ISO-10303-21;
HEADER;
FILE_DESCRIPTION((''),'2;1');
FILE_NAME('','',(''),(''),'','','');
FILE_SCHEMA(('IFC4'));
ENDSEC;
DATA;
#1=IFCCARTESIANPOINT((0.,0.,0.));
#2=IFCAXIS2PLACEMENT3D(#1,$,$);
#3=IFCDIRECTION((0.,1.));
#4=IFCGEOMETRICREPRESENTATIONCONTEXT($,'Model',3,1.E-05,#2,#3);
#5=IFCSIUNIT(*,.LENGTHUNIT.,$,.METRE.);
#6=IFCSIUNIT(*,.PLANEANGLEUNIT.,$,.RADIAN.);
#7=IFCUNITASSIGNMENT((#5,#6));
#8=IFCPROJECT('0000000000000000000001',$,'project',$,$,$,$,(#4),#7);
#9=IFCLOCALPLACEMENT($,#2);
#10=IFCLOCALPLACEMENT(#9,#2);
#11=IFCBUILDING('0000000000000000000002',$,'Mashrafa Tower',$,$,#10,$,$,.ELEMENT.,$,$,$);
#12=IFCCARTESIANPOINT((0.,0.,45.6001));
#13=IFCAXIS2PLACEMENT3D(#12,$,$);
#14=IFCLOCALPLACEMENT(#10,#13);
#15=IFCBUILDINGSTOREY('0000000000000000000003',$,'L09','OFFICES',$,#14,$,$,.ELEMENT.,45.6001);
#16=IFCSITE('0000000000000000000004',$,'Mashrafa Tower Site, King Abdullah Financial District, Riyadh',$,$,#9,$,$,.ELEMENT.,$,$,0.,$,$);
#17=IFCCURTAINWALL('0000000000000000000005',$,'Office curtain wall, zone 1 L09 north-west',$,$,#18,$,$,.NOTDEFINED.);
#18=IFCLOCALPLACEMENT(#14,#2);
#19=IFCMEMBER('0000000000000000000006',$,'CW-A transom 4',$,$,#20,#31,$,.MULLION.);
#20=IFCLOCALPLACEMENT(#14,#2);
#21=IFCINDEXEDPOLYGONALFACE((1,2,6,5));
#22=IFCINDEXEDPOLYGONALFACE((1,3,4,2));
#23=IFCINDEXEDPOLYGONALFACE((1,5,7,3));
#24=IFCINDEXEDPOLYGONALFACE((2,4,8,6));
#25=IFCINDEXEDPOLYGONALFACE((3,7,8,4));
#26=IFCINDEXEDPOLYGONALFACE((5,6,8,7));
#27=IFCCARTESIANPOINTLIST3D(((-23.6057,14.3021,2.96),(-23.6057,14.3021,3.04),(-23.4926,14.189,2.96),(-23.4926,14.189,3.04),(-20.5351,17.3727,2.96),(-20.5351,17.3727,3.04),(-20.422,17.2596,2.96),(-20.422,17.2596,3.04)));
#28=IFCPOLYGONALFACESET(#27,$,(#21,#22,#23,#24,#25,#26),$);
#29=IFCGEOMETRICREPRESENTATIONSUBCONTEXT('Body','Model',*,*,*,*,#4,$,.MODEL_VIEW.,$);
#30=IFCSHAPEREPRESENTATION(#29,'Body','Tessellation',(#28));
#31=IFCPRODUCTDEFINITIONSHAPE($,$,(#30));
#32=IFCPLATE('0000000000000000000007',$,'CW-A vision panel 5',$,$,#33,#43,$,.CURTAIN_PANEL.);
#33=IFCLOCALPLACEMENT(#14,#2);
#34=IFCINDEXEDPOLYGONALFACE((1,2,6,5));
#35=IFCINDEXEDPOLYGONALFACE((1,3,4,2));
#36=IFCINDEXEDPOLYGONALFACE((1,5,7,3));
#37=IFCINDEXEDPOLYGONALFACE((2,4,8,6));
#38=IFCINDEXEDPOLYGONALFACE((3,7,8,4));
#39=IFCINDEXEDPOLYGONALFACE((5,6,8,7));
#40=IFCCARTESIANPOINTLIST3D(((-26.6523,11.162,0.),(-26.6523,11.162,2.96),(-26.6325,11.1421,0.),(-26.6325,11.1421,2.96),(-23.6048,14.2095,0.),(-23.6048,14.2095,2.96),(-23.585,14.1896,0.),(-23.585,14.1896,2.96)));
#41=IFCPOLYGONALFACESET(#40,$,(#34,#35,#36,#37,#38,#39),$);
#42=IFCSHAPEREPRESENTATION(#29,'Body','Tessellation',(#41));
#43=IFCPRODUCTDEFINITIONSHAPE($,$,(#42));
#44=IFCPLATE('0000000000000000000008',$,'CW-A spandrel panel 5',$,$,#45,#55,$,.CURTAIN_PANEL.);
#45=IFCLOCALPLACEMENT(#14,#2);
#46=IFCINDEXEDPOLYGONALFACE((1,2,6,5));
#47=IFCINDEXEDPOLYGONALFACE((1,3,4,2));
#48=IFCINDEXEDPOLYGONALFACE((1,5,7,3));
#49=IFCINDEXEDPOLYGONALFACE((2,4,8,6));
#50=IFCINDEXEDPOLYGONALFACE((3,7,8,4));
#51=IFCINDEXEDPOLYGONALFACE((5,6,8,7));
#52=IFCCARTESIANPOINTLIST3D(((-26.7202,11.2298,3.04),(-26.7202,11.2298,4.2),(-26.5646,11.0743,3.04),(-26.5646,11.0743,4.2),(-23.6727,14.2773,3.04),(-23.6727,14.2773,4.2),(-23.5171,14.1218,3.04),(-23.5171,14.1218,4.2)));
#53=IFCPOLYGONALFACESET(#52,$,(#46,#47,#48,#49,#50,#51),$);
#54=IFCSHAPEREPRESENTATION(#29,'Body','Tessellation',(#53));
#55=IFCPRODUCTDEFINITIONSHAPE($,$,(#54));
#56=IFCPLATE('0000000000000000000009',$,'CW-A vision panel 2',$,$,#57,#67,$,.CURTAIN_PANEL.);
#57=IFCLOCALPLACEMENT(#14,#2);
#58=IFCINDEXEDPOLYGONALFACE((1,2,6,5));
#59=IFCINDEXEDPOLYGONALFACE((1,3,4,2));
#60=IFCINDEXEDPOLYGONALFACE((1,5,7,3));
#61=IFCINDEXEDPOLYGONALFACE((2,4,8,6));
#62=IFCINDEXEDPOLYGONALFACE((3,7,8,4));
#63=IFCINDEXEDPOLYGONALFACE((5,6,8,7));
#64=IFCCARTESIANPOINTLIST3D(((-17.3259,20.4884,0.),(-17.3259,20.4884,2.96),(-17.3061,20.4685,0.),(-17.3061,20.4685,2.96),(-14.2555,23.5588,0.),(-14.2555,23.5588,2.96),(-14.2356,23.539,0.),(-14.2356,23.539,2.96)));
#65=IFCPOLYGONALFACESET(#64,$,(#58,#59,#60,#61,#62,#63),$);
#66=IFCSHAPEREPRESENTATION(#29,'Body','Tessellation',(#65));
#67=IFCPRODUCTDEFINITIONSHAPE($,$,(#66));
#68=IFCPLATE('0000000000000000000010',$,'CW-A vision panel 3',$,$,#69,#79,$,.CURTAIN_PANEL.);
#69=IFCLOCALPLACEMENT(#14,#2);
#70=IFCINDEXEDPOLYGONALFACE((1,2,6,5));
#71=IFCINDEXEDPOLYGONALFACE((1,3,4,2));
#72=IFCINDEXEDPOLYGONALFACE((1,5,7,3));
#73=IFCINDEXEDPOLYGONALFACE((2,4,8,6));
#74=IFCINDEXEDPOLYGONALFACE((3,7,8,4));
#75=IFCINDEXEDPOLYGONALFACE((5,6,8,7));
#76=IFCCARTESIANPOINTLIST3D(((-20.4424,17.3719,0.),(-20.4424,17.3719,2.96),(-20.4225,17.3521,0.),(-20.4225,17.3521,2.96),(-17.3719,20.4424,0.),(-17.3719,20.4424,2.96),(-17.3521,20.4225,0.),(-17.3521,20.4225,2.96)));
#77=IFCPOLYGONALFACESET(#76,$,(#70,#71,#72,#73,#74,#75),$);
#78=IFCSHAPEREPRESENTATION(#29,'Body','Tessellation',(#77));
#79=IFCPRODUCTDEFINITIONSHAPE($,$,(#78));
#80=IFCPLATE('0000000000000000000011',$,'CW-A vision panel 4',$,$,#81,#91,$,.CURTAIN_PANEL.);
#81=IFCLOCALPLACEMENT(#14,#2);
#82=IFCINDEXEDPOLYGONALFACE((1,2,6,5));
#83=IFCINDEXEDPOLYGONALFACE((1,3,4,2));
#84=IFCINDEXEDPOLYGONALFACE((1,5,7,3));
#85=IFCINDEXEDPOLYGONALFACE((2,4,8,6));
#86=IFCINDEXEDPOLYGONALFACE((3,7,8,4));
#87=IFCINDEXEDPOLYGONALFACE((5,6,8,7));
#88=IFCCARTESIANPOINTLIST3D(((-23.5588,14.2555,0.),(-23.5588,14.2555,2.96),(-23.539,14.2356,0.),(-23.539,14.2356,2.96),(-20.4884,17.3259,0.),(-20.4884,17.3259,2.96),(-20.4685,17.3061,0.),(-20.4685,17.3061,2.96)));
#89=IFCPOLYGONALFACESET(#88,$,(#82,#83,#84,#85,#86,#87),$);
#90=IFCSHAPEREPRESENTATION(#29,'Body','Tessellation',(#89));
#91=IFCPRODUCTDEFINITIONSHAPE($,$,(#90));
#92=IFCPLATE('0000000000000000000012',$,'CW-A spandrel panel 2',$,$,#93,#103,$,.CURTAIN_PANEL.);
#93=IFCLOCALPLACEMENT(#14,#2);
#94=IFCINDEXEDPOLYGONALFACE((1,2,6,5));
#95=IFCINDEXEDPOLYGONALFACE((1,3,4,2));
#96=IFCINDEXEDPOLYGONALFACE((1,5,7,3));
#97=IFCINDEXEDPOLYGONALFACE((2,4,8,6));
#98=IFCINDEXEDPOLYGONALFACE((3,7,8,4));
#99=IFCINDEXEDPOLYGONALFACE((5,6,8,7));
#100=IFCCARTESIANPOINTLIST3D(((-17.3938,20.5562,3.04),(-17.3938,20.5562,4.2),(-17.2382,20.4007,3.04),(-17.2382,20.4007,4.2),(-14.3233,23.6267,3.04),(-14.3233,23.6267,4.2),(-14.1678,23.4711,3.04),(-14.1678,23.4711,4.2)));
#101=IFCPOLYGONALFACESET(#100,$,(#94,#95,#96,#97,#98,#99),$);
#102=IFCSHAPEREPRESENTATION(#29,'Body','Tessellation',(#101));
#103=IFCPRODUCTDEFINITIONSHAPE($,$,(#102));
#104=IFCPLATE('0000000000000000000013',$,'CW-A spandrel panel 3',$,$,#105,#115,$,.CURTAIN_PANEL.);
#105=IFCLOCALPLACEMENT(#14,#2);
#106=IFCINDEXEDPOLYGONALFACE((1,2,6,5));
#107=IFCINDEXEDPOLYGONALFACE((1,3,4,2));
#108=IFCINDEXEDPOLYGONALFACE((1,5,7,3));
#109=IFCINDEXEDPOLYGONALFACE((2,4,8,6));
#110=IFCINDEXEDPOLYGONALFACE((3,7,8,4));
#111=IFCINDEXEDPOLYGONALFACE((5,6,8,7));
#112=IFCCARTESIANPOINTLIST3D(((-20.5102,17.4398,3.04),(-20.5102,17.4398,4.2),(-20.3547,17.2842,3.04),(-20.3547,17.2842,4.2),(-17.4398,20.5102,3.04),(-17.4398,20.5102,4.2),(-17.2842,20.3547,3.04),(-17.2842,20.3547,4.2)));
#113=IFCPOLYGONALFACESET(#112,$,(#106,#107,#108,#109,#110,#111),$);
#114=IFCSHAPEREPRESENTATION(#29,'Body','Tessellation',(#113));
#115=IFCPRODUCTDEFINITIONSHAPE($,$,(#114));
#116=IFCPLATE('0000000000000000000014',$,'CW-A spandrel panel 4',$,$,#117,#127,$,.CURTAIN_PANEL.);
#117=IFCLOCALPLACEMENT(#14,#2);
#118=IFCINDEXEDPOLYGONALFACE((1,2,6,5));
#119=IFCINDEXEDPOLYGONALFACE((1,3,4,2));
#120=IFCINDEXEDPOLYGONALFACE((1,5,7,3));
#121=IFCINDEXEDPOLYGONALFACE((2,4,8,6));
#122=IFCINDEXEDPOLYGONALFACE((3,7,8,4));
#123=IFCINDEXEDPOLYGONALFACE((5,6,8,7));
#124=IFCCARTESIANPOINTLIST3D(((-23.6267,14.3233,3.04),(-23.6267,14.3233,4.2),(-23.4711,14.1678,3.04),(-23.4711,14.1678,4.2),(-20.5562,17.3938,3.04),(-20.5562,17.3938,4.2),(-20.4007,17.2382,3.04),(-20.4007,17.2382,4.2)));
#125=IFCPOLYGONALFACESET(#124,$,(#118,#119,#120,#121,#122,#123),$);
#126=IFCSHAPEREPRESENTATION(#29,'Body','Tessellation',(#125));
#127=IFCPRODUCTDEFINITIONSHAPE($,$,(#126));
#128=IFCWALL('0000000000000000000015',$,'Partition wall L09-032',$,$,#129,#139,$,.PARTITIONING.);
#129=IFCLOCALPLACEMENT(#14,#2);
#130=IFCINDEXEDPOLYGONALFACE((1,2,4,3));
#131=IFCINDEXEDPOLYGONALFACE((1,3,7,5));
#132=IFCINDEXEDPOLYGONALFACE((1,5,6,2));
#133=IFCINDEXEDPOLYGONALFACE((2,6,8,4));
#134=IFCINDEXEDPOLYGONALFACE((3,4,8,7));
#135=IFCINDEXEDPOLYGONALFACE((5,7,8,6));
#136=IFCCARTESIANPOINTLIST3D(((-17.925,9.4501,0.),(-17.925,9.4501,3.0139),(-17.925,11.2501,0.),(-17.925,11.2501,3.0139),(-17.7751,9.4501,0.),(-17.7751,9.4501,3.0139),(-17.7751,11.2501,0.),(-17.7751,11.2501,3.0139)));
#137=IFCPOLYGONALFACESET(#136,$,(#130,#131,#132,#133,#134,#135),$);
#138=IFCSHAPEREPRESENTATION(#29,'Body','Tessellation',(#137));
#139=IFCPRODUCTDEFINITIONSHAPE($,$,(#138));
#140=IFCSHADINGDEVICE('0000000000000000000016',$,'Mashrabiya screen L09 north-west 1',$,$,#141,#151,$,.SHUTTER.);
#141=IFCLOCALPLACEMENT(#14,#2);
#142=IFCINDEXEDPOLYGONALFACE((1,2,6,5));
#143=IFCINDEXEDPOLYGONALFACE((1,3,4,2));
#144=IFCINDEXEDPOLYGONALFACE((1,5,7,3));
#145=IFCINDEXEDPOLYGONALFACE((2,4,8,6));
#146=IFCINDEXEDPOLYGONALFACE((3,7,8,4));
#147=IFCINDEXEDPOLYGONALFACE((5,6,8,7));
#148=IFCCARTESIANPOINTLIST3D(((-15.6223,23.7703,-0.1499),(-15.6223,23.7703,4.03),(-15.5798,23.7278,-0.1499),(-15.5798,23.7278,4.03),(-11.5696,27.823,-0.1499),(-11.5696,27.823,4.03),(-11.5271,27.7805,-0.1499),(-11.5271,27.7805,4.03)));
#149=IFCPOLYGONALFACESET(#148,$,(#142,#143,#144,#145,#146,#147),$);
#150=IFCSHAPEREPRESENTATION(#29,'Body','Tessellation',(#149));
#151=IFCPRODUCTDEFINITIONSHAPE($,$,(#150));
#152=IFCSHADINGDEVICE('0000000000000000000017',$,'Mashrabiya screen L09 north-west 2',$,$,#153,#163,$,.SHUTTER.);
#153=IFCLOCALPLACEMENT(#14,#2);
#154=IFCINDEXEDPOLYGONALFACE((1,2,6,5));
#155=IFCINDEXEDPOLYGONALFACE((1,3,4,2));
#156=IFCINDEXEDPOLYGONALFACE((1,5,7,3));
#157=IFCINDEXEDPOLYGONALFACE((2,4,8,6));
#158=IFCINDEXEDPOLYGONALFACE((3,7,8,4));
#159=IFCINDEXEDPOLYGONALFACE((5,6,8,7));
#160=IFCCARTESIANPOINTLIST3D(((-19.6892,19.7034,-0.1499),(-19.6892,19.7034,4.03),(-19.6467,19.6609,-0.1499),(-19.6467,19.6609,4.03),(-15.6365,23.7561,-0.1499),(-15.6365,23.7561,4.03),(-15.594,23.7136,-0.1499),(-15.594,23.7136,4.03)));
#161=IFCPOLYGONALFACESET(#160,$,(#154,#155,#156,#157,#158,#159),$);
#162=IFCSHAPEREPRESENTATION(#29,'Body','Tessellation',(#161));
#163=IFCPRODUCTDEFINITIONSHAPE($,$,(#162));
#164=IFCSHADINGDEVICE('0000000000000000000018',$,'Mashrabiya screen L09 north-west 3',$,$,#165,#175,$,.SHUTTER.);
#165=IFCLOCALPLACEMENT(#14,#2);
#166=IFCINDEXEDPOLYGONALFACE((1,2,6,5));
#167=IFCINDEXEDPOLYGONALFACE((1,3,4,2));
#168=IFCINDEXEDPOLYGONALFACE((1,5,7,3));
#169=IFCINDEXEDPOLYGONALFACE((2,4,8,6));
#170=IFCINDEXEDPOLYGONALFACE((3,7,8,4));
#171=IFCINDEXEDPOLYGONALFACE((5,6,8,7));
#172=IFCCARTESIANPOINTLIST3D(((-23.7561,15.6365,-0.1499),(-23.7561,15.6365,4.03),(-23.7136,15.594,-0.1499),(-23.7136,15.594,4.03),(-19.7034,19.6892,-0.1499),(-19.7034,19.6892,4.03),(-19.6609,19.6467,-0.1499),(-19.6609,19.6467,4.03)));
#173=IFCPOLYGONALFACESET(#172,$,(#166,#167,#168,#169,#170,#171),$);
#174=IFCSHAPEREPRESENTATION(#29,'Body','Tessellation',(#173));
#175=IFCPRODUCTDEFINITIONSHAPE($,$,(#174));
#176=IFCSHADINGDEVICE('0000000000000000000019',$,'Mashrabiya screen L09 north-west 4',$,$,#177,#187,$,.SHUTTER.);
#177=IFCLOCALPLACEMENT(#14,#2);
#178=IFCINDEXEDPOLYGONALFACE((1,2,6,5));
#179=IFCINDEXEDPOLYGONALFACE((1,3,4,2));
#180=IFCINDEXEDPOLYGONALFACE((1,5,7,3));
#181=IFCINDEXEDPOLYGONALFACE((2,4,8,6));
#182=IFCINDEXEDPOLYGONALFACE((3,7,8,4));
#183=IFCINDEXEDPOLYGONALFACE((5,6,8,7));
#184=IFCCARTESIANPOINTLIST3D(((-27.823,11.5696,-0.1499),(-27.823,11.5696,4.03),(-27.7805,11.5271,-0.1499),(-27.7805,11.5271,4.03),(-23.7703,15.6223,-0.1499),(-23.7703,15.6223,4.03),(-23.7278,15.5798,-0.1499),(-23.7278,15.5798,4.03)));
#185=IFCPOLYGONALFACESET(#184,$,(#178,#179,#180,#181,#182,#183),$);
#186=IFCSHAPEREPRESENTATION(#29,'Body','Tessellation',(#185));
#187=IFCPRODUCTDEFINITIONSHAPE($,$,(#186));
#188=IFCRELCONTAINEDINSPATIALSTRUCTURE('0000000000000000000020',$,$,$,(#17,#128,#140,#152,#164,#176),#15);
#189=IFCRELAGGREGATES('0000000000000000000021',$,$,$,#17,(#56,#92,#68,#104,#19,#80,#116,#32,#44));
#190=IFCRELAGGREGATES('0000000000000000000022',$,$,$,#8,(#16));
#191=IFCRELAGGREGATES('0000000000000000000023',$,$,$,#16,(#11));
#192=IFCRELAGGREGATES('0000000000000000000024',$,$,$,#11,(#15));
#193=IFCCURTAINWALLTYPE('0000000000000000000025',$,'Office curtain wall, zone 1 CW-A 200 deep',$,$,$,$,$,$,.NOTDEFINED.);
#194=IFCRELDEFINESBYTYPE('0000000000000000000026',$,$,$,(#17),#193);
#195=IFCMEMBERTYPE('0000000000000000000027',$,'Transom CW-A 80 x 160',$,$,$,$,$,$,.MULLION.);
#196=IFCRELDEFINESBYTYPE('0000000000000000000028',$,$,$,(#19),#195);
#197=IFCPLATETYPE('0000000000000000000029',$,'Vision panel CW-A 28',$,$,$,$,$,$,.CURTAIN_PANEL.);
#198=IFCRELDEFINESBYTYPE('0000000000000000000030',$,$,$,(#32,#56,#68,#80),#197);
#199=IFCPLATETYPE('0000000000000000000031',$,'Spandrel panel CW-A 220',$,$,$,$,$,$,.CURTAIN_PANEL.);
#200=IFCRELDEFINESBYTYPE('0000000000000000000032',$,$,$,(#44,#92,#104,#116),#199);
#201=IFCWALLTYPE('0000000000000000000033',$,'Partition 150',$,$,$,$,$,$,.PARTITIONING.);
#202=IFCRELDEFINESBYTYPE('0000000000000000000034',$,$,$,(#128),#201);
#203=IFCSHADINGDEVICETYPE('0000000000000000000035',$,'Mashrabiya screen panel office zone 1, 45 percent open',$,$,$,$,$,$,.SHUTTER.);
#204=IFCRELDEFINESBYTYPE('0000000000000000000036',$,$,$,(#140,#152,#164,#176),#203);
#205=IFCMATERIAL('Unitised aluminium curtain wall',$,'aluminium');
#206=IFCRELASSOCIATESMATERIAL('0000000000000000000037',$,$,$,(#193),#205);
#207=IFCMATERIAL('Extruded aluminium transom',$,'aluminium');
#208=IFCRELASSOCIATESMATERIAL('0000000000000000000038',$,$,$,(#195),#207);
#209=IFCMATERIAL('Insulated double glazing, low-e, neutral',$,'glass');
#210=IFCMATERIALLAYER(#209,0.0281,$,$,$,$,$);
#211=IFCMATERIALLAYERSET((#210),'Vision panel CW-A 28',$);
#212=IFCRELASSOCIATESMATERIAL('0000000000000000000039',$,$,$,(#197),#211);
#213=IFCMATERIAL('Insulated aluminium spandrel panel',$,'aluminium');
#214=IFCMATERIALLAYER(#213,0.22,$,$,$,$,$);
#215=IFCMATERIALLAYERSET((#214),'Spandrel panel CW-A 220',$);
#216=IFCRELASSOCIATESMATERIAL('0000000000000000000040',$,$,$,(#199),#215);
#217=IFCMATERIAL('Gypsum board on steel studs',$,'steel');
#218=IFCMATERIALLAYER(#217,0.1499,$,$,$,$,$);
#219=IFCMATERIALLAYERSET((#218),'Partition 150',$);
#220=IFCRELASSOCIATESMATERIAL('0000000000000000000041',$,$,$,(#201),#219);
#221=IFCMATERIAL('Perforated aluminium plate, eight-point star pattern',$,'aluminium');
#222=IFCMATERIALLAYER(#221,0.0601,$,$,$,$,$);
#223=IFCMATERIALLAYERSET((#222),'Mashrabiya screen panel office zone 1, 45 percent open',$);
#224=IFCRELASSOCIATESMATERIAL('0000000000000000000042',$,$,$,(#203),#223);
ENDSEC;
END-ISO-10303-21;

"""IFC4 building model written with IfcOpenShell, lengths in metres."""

from ifc_helpers import new_model, si_unit, direction, frame, frame_2d, origin, origin_2d, place, context, subcontext, project, spatial, rectangle, extrude, source, transform, mapped, material, layer, layer_set, material_profile, profile_set, type_object, type_shapes, element, aggregate, save


model = new_model("IFC4")

# Units and contexts
model_context = context("Model", 3, precision=1e-05, world=origin(), true_north=direction((0.0, 1.0)))
body_context = subcontext(model_context, "Body", "Model", "MODEL_VIEW")
ifc_project = project(units=[si_unit("LENGTHUNIT", "METRE"), si_unit("PLANEANGLEUNIT", "RADIAN")], contexts=[model_context])

# Site, building, storey
site_placement = place(None, origin())
site = spatial("IfcSite", under=ifc_project, at=site_placement, Name="Mashrafa Tower Site, King Abdullah Financial District, Riyadh", CompositionType="ELEMENT", RefElevation=0.0)
building_placement = place(site_placement, origin())
building = spatial("IfcBuilding", under=site, at=building_placement, Name="Mashrafa Tower", CompositionType="ELEMENT")
storey_placement = place(building_placement, frame((0.0, 0.0, 45.6001)))
storey = spatial("IfcBuildingStorey", under=building, at=storey_placement, Name="L09", Description="OFFICES", CompositionType="ELEMENT", Elevation=45.6001)

# Curtain wall
ifc_material_1 = material(Name="Unitised aluminium curtain wall", Category="aluminium")
curtain_wall_type = type_object("IfcCurtainWallType", Name="Office curtain wall, zone 1 CW-A 200 deep", PredefinedType="NOTDEFINED", material=ifc_material_1)
curtain_wall_1_placement = place(storey_placement, origin())
curtain_wall_1 = element("IfcCurtainWall", 1, at=curtain_wall_1_placement, inside=storey, type_object=curtain_wall_type, Name="Office curtain wall, zone 1 L09 north-west", PredefinedType="NOTDEFINED")

# Member
ifc_material_2 = material(Name="Extruded aluminium transom", Category="aluminium")
ifc_material_profile_1 = material_profile(ifc_material_2, rectangle(XDim=0.1599, YDim=0.0801, at=origin_2d()), Name="Transom 80x160")
ifc_profile_set_1 = profile_set([ifc_material_profile_1], Name="Extruded aluminium transom")
member_type_1 = type_object("IfcMemberType", Name="Transom CW-A 80 x 160", PredefinedType="MULLION", material=ifc_profile_set_1)
shared_shape_1 = source(origin(), body_context, "Body", "SweptSolid", [
    extrude(rectangle(XDim=0.1599, YDim=0.0801, at=origin_2d()), origin(), (0.0, 0.0, 1.0), 4.3425),
])
member_1_placement = place(storey_placement, frame((-20.4785, 17.3162, 3.0), z_axis=(-0.707107, -0.707107, 0.0), x_axis=(0.707107, -0.707107, 0.0)))
member_1 = element("IfcMember", 2, at=member_1_placement, type_object=member_type_1, Name="CW-A transom 4", PredefinedType="MULLION", context=body_context, shape_type="MappedRepresentation", body=[
    mapped(shared_shape_1, transform((0.0, 0.0, 0.0))),
])

# Plates
ifc_material_3 = material(Name="Insulated double glazing, low-e, neutral", Category="glass")
ifc_layer_1 = layer(ifc_material_3, 0.0281)
ifc_layer_set_1 = layer_set([ifc_layer_1], Name="Vision panel CW-A 28")
plate_type_1 = type_object("IfcPlateType", Name="Vision panel CW-A 28", PredefinedType="CURTAIN_PANEL", material=ifc_layer_set_1)
shared_shape_2 = source(origin(), body_context, "Body", "SweptSolid", [
    extrude(rectangle(XDim=4.3098, YDim=0.0281, at=origin_2d()), origin(), (0.0, 0.0, 1.0), 2.96),
])
plate_1_placement = place(storey_placement, frame((-25.1187, 12.6758, 0.0), z_axis=(0.0, 0.0, 1.0), x_axis=(-0.707107, -0.707107, 0.0)))
plate_1 = element("IfcPlate", 3, at=plate_1_placement, type_object=plate_type_1, Name="CW-A vision panel 5", PredefinedType="CURTAIN_PANEL", context=body_context, shape_type="MappedRepresentation", body=[
    mapped(shared_shape_2, transform((0.0, 0.0, 0.0))),
])
ifc_material_4 = material(Name="Insulated aluminium spandrel panel", Category="aluminium")
ifc_layer_2 = layer(ifc_material_4, 0.22)
ifc_layer_set_2 = layer_set([ifc_layer_2], Name="Spandrel panel CW-A 220")
plate_type_2 = type_object("IfcPlateType", Name="Spandrel panel CW-A 220", PredefinedType="CURTAIN_PANEL", material=ifc_layer_set_2)
shared_shape_3 = source(origin(), body_context, "Body", "SweptSolid", [
    extrude(rectangle(XDim=4.3098, YDim=0.22, at=origin_2d()), origin(), (0.0, 0.0, 1.0), 1.1599),
])
plate_2_placement = place(storey_placement, frame((-25.1187, 12.6758, 3.04), z_axis=(0.0, 0.0, 1.0), x_axis=(-0.707107, -0.707107, 0.0)))
plate_2 = element("IfcPlate", 4, at=plate_2_placement, type_object=plate_type_2, Name="CW-A spandrel panel 5", PredefinedType="CURTAIN_PANEL", context=body_context, shape_type="MappedRepresentation", body=[
    mapped(shared_shape_3, transform((0.0, 0.0, 0.0))),
])
shared_shape_4 = source(origin(), body_context, "Body", "SweptSolid", [
    extrude(rectangle(XDim=4.3423, YDim=0.0281, at=origin_2d()), origin(), (0.0, 0.0, 1.0), 2.96),
])
type_shapes(plate_type_1, [shared_shape_2, shared_shape_4])
plate_3_placement = place(storey_placement, frame((-15.7808, 22.0137, 0.0), z_axis=(0.0, 0.0, 1.0), x_axis=(-0.707107, -0.707107, 0.0)))
plate_3 = element("IfcPlate", 5, at=plate_3_placement, type_object=plate_type_1, Name="CW-A vision panel 2", PredefinedType="CURTAIN_PANEL", context=body_context, shape_type="MappedRepresentation", body=[
    mapped(shared_shape_4, transform((0.0, 0.0, 0.0))),
])
plate_4_placement = place(storey_placement, frame((-18.8972, 18.8972, 0.0), z_axis=(0.0, 0.0, 1.0), x_axis=(-0.707107, -0.707107, 0.0)))
plate_4 = element("IfcPlate", 6, at=plate_4_placement, type_object=plate_type_1, Name="CW-A vision panel 3", PredefinedType="CURTAIN_PANEL", context=body_context, shape_type="MappedRepresentation", body=[
    mapped(shared_shape_4, transform((0.0, 0.0, 0.0))),
])
plate_5_placement = place(storey_placement, frame((-22.0137, 15.7808, 0.0), z_axis=(0.0, 0.0, 1.0), x_axis=(-0.707107, -0.707107, 0.0)))
plate_5 = element("IfcPlate", 7, at=plate_5_placement, type_object=plate_type_1, Name="CW-A vision panel 4", PredefinedType="CURTAIN_PANEL", context=body_context, shape_type="MappedRepresentation", body=[
    mapped(shared_shape_4, transform((0.0, 0.0, 0.0))),
])
shared_shape_5 = source(origin(), body_context, "Body", "SweptSolid", [
    extrude(rectangle(XDim=4.3423, YDim=0.22, at=origin_2d()), origin(), (0.0, 0.0, 1.0), 1.1599),
])
type_shapes(plate_type_2, [shared_shape_3, shared_shape_5])
plate_6_placement = place(storey_placement, frame((-15.7808, 22.0137, 3.04), z_axis=(0.0, 0.0, 1.0), x_axis=(-0.707107, -0.707107, 0.0)))
plate_6 = element("IfcPlate", 8, at=plate_6_placement, type_object=plate_type_2, Name="CW-A spandrel panel 2", PredefinedType="CURTAIN_PANEL", context=body_context, shape_type="MappedRepresentation", body=[
    mapped(shared_shape_5, transform((0.0, 0.0, 0.0))),
])
plate_7_placement = place(storey_placement, frame((-18.8972, 18.8972, 3.04), z_axis=(0.0, 0.0, 1.0), x_axis=(-0.707107, -0.707107, 0.0)))
plate_7 = element("IfcPlate", 9, at=plate_7_placement, type_object=plate_type_2, Name="CW-A spandrel panel 3", PredefinedType="CURTAIN_PANEL", context=body_context, shape_type="MappedRepresentation", body=[
    mapped(shared_shape_5, transform((0.0, 0.0, 0.0))),
])
plate_8_placement = place(storey_placement, frame((-22.0137, 15.7808, 3.04), z_axis=(0.0, 0.0, 1.0), x_axis=(-0.707107, -0.707107, 0.0)))
plate_8 = element("IfcPlate", 10, at=plate_8_placement, type_object=plate_type_2, Name="CW-A spandrel panel 4", PredefinedType="CURTAIN_PANEL", context=body_context, shape_type="MappedRepresentation", body=[
    mapped(shared_shape_5, transform((0.0, 0.0, 0.0))),
])
aggregate(curtain_wall_1, [plate_3, plate_6, plate_4, plate_7, member_1, plate_5, plate_8, plate_1, plate_2])

# Wall
ifc_material_5 = material(Name="Gypsum board on steel studs", Category="steel")
ifc_layer_3 = layer(ifc_material_5, 0.1499)
ifc_layer_set_3 = layer_set([ifc_layer_3], Name="Partition 150")
wall_type = type_object("IfcWallType", Name="Partition 150", PredefinedType="PARTITIONING", material=ifc_layer_set_3)
wall_placement = place(storey_placement, frame((-17.8501, 11.25, 0.0), z_axis=(0.0, 0.0, 1.0), x_axis=(0.0, -1.0, 0.0)))
element("IfcWall", 11, at=wall_placement, inside=storey, type_object=wall_type, Name="Partition wall L09-032", PredefinedType="PARTITIONING", context=body_context, shape_type="SweptSolid", body=[
    extrude(rectangle(XDim=1.8, YDim=0.1499, at=frame_2d((0.8999, 0.0))), origin(), (0.0, 0.0, 1.0), 3.0139),
])

# Shading devices
ifc_material_6 = material(Name="Perforated aluminium plate, eight-point star pattern", Category="aluminium")
ifc_layer_4 = layer(ifc_material_6, 0.0601)
ifc_layer_set_4 = layer_set([ifc_layer_4], Name="Mashrabiya screen panel office zone 1, 45 percent open")
shading_device_type = type_object("IfcShadingDeviceType", Name="Mashrabiya screen panel office zone 1, 45 percent open", PredefinedType="SHUTTER", material=ifc_layer_set_4)
shared_shape_6 = source(origin(), body_context, "Body", "SweptSolid", [
    extrude(rectangle(XDim=5.7314, YDim=0.0601, at=origin_2d()), origin(), (0.0, 0.0, 1.0), 4.1799),
])
type_shapes(shading_device_type, [shared_shape_6])
for number, where, z_axis, x_axis, name in (
    (12, (-13.5747, 25.7754, -0.1499), (0.0, 0.0, 1.0), (-0.707107, -0.707107, 0.0), "Mashrabiya screen L09 north-west 1"),
    (13, (-17.6416, 21.7085, -0.1499), (0.0, 0.0, 1.0), (-0.707107, -0.707107, 0.0), "Mashrabiya screen L09 north-west 2"),
    (14, (-21.7085, 17.6416, -0.1499), (0.0, 0.0, 1.0), (-0.707107, -0.707107, 0.0), "Mashrabiya screen L09 north-west 3"),
    (15, (-25.7754, 13.5747, -0.1499), (0.0, 0.0, 1.0), (-0.707107, -0.707107, 0.0), "Mashrabiya screen L09 north-west 4"),
):
    element("IfcShadingDevice", number, at=place(storey_placement, frame(where, z_axis=z_axis, x_axis=x_axis)), inside=storey, type_object=shading_device_type, Name=name, PredefinedType="SHUTTER", context=body_context, shape_type="MappedRepresentation", body=[
        mapped(shared_shape_6, transform((0.0, 0.0, 0.0))),
    ])

save(model, "model.ifc")
